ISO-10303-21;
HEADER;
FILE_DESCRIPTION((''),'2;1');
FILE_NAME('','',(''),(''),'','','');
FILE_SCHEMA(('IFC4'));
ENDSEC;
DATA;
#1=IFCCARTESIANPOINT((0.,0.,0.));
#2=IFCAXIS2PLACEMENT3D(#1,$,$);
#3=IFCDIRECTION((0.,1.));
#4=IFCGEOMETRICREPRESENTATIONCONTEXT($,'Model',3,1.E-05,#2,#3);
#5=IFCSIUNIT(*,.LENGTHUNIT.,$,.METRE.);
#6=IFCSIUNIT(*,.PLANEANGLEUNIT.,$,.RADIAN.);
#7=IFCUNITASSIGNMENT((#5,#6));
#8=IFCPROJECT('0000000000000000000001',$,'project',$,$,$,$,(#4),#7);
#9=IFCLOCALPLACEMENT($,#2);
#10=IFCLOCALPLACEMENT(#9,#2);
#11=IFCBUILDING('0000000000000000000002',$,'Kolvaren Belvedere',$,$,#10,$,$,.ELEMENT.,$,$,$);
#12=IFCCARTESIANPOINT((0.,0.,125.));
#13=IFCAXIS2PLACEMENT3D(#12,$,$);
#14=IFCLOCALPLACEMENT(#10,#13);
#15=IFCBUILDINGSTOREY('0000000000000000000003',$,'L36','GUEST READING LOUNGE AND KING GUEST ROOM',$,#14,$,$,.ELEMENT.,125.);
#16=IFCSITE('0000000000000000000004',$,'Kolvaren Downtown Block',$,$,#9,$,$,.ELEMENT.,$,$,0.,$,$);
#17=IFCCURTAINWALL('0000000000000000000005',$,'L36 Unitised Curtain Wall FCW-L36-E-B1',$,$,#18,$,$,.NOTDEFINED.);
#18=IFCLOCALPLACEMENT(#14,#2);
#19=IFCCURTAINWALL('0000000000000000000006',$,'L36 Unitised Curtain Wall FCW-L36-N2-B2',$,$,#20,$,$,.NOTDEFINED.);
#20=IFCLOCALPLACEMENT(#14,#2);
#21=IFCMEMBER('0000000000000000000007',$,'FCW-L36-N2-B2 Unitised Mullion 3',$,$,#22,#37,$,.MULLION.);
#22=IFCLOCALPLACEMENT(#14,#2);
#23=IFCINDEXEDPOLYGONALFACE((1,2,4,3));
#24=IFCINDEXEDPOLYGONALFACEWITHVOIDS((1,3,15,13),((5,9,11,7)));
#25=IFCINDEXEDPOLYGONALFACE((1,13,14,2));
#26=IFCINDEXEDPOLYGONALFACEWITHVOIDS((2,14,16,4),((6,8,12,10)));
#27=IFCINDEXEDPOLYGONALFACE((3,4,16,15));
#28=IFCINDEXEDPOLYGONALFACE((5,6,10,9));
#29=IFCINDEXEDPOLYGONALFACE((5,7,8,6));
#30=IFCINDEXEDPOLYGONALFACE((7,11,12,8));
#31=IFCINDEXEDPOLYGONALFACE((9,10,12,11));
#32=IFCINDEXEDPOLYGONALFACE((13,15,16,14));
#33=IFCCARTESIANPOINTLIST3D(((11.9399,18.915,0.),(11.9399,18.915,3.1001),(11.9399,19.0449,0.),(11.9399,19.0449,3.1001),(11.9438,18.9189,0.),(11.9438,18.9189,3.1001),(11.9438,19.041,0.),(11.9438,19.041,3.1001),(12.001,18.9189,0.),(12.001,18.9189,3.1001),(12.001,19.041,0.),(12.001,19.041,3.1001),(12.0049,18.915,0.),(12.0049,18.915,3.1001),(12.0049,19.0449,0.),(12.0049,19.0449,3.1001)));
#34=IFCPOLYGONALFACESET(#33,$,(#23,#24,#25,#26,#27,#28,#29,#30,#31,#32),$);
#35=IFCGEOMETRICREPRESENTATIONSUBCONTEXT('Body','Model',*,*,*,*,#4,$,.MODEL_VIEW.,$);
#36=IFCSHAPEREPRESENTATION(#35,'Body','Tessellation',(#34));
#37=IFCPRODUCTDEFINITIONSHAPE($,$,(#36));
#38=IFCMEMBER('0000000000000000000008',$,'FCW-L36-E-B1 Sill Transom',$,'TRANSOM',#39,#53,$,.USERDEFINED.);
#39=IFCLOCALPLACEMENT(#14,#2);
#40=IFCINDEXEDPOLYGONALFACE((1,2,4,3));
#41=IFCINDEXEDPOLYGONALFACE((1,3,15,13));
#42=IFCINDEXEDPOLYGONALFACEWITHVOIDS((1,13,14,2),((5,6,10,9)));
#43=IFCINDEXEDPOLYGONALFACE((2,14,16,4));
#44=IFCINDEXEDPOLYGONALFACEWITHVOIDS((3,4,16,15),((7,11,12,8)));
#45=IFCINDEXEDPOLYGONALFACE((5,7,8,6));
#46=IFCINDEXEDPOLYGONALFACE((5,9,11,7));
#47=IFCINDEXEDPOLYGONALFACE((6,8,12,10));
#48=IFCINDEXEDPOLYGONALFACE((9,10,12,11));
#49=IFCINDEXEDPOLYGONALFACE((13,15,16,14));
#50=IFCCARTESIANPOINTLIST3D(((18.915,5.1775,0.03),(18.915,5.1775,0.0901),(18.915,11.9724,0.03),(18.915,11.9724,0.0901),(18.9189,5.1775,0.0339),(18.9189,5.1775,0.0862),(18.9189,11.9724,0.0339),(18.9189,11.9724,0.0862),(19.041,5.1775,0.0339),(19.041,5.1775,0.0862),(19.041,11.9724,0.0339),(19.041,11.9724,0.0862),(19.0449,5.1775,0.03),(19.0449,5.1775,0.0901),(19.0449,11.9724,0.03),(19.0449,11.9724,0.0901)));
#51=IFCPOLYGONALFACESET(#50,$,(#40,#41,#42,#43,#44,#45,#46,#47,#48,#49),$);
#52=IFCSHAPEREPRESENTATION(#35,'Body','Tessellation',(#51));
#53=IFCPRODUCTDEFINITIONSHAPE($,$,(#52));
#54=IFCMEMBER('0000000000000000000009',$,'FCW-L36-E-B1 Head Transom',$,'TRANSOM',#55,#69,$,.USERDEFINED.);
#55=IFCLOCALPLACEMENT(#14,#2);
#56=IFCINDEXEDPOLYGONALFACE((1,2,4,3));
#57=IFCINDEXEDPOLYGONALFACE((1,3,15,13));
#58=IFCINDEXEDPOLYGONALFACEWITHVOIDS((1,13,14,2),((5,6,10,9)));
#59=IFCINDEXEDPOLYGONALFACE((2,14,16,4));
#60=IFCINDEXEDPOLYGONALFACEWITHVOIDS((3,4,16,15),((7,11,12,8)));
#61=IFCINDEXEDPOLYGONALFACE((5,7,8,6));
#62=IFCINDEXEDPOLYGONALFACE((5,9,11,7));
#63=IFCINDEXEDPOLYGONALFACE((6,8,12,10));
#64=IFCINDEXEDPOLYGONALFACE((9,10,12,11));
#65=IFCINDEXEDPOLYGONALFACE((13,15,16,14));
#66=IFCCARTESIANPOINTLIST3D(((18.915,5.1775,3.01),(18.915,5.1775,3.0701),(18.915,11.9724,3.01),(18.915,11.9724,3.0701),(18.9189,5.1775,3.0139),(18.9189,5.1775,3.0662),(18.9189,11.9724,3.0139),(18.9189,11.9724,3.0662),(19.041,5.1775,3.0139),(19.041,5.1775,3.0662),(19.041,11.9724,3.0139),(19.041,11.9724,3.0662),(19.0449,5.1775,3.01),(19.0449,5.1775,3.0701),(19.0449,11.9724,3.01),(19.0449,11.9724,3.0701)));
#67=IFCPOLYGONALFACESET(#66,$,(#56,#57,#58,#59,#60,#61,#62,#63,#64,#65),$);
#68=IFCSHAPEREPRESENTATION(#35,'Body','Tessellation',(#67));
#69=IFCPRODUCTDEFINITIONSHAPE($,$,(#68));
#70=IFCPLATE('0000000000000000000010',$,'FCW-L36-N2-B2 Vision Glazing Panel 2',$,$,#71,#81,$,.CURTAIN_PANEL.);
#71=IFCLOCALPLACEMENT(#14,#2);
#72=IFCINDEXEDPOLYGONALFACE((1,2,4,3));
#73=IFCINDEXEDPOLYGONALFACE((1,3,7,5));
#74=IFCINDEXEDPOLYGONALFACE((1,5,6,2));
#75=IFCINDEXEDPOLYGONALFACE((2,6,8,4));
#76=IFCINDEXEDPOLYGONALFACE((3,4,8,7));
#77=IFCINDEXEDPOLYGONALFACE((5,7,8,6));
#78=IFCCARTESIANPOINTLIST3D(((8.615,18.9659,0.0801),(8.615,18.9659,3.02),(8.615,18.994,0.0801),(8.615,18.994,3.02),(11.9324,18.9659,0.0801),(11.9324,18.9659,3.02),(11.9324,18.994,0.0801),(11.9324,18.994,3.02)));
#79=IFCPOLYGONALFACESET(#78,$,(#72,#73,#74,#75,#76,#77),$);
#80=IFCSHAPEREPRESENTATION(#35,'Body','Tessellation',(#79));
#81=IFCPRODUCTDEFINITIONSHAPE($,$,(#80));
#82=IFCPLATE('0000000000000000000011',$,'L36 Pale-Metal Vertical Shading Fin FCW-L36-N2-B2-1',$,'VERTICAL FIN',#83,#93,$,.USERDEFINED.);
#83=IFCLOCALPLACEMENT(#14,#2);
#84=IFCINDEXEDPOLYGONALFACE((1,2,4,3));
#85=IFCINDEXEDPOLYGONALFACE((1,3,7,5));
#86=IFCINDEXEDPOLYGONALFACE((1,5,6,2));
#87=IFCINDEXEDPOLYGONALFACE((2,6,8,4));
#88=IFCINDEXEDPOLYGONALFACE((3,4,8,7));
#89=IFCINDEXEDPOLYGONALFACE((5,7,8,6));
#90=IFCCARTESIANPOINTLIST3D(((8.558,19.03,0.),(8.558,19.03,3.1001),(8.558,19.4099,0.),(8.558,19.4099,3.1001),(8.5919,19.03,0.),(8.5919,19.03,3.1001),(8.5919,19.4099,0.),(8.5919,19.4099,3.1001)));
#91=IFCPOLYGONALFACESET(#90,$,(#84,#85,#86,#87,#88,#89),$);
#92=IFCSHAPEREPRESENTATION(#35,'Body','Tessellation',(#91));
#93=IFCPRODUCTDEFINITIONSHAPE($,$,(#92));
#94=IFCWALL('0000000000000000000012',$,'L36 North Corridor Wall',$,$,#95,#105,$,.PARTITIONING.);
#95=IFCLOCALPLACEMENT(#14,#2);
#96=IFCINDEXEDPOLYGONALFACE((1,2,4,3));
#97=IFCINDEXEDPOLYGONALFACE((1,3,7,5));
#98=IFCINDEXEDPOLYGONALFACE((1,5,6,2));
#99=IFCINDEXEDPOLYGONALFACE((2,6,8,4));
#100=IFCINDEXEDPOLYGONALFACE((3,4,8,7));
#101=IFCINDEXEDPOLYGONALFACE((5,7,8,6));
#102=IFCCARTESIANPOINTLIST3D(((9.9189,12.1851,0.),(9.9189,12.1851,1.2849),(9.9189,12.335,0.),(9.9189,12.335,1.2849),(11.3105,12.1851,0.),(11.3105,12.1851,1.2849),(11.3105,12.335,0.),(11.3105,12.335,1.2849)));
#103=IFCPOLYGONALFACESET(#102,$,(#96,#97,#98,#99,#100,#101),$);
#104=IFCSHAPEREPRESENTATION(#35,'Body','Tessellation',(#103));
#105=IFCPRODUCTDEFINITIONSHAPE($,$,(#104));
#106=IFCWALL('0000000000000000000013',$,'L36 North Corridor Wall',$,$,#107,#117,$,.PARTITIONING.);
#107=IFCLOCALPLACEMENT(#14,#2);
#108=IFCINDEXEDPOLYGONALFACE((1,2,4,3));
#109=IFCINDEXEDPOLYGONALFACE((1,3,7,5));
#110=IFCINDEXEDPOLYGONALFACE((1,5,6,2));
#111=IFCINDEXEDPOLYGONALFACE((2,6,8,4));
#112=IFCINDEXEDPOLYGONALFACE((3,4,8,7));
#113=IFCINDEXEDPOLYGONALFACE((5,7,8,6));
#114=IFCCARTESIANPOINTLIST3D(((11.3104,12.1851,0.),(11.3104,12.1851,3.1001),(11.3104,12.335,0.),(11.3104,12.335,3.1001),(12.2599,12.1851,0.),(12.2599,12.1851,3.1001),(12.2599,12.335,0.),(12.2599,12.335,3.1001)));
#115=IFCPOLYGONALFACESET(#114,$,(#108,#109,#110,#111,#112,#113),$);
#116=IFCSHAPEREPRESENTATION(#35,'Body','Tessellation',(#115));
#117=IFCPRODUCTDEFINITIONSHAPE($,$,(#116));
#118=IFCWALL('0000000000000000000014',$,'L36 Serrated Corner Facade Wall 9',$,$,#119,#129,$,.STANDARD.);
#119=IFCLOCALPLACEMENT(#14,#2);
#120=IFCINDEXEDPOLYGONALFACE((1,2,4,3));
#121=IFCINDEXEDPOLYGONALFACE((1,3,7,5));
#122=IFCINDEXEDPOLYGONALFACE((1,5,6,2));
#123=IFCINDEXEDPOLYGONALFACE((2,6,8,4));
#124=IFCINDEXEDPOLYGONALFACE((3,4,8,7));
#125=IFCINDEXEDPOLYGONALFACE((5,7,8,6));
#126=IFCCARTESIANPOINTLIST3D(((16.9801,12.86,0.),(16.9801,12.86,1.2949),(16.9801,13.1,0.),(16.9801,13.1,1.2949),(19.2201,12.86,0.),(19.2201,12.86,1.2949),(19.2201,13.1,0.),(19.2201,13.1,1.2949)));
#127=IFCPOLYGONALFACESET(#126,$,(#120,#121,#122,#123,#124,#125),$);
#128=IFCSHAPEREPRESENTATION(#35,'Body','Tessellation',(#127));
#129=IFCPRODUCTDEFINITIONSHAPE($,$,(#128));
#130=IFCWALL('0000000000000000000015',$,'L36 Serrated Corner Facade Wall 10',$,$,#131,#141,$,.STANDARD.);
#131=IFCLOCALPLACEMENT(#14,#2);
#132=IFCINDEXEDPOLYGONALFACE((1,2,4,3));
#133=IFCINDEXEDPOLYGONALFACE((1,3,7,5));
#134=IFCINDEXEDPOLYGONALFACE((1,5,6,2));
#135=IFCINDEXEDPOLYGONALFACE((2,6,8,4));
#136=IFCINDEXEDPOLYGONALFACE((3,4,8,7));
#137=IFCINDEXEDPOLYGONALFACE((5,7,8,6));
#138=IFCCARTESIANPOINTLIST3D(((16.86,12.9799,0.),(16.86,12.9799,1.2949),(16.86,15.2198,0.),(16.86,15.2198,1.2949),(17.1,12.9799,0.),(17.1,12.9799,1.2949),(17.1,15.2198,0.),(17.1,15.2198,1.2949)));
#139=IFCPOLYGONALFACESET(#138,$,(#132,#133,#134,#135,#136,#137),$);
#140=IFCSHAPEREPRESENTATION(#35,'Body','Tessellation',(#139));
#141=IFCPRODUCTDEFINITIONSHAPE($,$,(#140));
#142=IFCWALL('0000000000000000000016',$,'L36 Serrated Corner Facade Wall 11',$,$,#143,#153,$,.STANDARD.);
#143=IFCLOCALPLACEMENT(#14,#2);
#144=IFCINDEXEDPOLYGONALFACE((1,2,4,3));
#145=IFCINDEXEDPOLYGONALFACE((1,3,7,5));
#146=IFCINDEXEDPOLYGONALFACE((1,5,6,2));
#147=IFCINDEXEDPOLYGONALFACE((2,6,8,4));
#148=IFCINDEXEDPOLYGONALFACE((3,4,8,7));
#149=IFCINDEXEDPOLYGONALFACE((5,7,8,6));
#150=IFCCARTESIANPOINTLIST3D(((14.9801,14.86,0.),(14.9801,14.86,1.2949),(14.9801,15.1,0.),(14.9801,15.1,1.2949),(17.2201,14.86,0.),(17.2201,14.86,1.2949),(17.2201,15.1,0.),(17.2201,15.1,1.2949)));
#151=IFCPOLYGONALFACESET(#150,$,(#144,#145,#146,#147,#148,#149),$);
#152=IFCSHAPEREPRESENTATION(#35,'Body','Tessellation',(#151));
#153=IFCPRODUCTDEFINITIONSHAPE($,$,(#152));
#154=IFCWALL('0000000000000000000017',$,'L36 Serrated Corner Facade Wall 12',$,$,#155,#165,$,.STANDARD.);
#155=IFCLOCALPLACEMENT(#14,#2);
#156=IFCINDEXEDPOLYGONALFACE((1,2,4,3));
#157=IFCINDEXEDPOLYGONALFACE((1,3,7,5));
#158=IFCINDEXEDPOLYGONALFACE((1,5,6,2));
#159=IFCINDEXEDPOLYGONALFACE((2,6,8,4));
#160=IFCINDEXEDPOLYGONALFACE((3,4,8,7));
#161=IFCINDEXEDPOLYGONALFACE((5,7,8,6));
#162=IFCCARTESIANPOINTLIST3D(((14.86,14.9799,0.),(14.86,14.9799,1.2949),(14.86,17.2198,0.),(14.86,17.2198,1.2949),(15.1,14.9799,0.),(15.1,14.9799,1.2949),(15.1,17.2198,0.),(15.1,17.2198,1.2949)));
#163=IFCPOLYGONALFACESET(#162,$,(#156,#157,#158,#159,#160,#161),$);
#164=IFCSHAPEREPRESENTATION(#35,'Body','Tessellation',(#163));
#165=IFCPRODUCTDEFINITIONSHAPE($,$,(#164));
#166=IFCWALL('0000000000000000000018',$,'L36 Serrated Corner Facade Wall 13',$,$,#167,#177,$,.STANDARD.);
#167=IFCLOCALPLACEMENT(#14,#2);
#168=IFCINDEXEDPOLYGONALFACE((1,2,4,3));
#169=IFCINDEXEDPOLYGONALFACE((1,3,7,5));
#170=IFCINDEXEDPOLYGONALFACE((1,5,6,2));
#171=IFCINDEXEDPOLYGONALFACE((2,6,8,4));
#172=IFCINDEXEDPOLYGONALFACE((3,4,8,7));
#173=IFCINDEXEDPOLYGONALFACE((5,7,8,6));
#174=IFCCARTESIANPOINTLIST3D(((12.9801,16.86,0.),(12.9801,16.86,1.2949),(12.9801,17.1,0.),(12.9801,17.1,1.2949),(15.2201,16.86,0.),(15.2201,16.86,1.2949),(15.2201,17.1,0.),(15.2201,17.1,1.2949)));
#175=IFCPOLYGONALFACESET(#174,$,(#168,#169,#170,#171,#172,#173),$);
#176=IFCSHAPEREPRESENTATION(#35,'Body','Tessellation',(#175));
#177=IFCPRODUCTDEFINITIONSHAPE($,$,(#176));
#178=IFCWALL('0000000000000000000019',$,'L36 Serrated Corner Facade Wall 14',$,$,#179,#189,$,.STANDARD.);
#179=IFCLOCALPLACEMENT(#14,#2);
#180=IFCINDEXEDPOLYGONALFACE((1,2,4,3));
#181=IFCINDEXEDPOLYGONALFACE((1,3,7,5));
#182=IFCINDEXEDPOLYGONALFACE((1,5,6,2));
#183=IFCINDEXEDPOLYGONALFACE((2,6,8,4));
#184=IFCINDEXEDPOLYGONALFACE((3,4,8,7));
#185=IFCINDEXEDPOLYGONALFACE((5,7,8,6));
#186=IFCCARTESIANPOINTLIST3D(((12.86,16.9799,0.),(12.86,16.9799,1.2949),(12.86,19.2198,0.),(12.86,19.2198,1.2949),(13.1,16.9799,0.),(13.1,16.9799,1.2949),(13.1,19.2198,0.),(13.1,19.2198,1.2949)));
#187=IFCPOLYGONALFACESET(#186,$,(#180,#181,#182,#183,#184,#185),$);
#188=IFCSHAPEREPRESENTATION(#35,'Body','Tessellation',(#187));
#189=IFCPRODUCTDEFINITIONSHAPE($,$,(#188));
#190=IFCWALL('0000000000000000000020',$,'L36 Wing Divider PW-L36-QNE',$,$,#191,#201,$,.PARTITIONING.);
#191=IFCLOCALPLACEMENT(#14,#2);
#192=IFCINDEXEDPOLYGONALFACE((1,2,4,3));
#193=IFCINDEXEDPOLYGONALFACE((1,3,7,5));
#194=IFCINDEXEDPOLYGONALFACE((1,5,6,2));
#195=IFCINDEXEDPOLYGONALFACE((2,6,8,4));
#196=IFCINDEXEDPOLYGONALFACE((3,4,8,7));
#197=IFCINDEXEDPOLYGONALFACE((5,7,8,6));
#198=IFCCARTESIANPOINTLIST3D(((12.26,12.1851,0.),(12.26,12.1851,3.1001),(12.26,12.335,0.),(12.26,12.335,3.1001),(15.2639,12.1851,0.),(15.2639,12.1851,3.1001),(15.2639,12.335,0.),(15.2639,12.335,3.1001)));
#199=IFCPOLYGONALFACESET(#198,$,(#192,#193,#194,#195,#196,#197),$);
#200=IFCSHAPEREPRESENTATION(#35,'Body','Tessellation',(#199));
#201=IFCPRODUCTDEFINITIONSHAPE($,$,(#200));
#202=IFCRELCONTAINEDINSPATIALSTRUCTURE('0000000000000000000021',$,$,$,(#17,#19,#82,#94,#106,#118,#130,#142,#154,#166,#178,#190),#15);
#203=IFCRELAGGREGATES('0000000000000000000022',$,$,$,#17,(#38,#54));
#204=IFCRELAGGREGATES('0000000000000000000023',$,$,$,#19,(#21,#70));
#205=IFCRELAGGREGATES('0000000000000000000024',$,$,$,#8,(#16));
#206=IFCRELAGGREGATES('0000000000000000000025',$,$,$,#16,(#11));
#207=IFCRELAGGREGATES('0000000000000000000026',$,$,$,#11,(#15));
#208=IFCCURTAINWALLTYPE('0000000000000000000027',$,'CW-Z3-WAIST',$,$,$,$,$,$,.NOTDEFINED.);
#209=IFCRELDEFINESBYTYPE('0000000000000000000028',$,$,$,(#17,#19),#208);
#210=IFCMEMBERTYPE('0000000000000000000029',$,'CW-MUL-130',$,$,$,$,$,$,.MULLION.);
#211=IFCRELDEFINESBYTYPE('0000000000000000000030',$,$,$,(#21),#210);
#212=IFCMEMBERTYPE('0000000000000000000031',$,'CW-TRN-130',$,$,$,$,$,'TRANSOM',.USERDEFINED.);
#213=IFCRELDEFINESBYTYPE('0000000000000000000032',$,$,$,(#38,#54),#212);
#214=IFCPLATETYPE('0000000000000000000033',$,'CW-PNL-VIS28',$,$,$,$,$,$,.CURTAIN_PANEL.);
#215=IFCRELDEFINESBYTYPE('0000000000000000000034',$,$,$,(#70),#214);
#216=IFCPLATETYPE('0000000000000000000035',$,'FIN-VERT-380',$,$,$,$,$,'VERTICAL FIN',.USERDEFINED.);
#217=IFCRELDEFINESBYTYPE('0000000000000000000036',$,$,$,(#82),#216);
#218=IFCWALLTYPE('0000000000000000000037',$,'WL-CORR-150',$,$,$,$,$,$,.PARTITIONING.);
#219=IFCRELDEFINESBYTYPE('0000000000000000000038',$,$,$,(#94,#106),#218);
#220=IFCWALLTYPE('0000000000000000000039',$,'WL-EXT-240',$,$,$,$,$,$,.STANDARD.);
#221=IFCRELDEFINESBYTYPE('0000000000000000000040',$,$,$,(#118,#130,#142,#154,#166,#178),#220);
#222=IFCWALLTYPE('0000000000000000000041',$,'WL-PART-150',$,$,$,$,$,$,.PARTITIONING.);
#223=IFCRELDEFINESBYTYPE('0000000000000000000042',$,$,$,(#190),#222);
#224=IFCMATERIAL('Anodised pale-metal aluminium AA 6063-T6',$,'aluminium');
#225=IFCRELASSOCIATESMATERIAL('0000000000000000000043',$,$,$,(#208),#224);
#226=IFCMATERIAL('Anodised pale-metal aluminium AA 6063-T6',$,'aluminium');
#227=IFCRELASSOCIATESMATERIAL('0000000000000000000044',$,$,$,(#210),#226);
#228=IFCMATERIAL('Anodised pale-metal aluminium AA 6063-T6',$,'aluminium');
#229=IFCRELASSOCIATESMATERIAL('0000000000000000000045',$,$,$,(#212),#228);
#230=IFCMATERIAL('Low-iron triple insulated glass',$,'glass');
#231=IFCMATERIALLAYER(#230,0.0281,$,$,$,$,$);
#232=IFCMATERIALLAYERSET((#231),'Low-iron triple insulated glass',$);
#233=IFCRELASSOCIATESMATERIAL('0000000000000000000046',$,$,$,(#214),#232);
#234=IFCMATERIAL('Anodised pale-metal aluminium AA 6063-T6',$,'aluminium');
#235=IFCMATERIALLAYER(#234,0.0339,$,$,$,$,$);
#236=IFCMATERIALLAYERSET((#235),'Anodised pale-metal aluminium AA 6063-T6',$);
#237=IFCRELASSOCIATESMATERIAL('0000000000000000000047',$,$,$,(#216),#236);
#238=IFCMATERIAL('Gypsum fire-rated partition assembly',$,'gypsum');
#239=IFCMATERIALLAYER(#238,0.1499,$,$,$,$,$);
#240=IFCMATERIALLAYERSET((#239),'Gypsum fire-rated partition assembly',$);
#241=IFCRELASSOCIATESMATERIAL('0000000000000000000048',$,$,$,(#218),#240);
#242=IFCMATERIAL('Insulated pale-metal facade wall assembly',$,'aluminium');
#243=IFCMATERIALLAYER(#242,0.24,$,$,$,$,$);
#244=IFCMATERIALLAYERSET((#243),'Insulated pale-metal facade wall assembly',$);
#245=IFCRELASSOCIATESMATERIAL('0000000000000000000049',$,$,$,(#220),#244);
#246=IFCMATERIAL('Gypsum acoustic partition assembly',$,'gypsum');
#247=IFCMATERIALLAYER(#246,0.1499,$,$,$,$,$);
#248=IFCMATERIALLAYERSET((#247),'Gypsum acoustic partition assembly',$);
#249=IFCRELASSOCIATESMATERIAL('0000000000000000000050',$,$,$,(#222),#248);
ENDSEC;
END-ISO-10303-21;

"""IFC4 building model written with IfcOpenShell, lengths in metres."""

from ifc_helpers import new_model, si_unit, direction, frame, frame_2d, origin, origin_2d, place, context, subcontext, project, spatial, rectangle, hollow_rectangle, extrude, material, layer, layer_set, material_profile, profile_set, type_object, element, aggregate, save


model = new_model("IFC4")

# Units and contexts
model_context = context("Model", 3, precision=1e-05, world=origin(), true_north=direction((0.0, 1.0)))
body_context = subcontext(model_context, "Body", "Model", "MODEL_VIEW")
ifc_project = project(units=[si_unit("LENGTHUNIT", "METRE"), si_unit("PLANEANGLEUNIT", "RADIAN")], contexts=[model_context])

# Site, building, storey
site_placement = place(None, origin())
site = spatial("IfcSite", under=ifc_project, at=site_placement, Name="Kolvaren Downtown Block", CompositionType="ELEMENT", RefElevation=0.0)
building_placement = place(site_placement, origin())
building = spatial("IfcBuilding", under=site, at=building_placement, Name="Kolvaren Belvedere", CompositionType="ELEMENT")
storey_placement = place(building_placement, frame((0.0, 0.0, 125.0)))
storey = spatial("IfcBuildingStorey", under=building, at=storey_placement, Name="L36", Description="GUEST READING LOUNGE AND KING GUEST ROOM", CompositionType="ELEMENT", Elevation=125.0)

# Curtain wall
ifc_material_1 = material(Name="Anodised pale-metal aluminium AA 6063-T6", Category="aluminium")
curtain_wall_type = type_object("IfcCurtainWallType", Name="CW-Z3-WAIST", PredefinedType="NOTDEFINED", material=ifc_material_1)
curtain_wall_1_placement = place(storey_placement, origin())
curtain_wall_1 = element("IfcCurtainWall", 1, at=curtain_wall_1_placement, inside=storey, type_object=curtain_wall_type, Name="L36 Unitised Curtain Wall FCW-L36-E-B1", PredefinedType="NOTDEFINED")
ifc_material_2 = material(Name="Anodised pale-metal aluminium AA 6063-T6", Category="aluminium")
ifc_material_profile_1 = material_profile(ifc_material_2, hollow_rectangle(XDim=0.0649, YDim=0.1299, WallThickness=0.0039, at=origin_2d()), Name="ALU-MUL-130X65")
ifc_profile_set_1 = profile_set([ifc_material_profile_1], Name="Anodised pale-metal aluminium AA 6063-T6")
member_type_1 = type_object("IfcMemberType", Name="CW-MUL-130", PredefinedType="MULLION", material=ifc_profile_set_1)

# Curtain wall, member
curtain_wall_2_placement = place(storey_placement, origin())
curtain_wall_2 = element("IfcCurtainWall", 2, at=curtain_wall_2_placement, inside=storey, type_object=curtain_wall_type, Name="L36 Unitised Curtain Wall FCW-L36-N2-B2", PredefinedType="NOTDEFINED")
member_1_placement = place(storey_placement, frame((11.9724, 18.98, 0.0), z_axis=(0.0, 0.0, 1.0), x_axis=(1.0, 0.0, 0.0)))
member_1 = element("IfcMember", 3, at=member_1_placement, type_object=member_type_1, Name="FCW-L36-N2-B2 Unitised Mullion 3", PredefinedType="MULLION", context=body_context, shape_type="SweptSolid", body=[
    extrude(hollow_rectangle(XDim=0.0649, YDim=0.1299, WallThickness=0.0039, at=origin_2d()), origin(), (0.0, 0.0, 1.0), 3.1001),
])

# Members
ifc_material_3 = material(Name="Anodised pale-metal aluminium AA 6063-T6", Category="aluminium")
ifc_material_profile_2 = material_profile(ifc_material_3, hollow_rectangle(XDim=0.0601, YDim=0.1299, WallThickness=0.0039, at=origin_2d()), Name="ALU-TRN-130X60")
ifc_profile_set_2 = profile_set([ifc_material_profile_2], Name="Anodised pale-metal aluminium AA 6063-T6")
member_type_2 = type_object("IfcMemberType", Name="CW-TRN-130", ElementType="TRANSOM", PredefinedType="USERDEFINED", material=ifc_profile_set_2)
member_2_placement = place(storey_placement, frame((18.98, 11.9724, 0.0601), z_axis=(0.0, -1.0, 0.0), x_axis=(0.0, 0.0, 1.0)))
member_2 = element("IfcMember", 4, at=member_2_placement, type_object=member_type_2, Name="FCW-L36-E-B1 Sill Transom", ObjectType="TRANSOM", PredefinedType="USERDEFINED", context=body_context, shape_type="SweptSolid", body=[
    extrude(hollow_rectangle(XDim=0.0601, YDim=0.1299, WallThickness=0.0039, at=origin_2d()), origin(), (0.0, 0.0, 1.0), 6.7949),
])
member_3_placement = place(storey_placement, frame((18.98, 11.9724, 3.04), z_axis=(0.0, -1.0, 0.0), x_axis=(0.0, 0.0, 1.0)))
member_3 = element("IfcMember", 5, at=member_3_placement, type_object=member_type_2, Name="FCW-L36-E-B1 Head Transom", ObjectType="TRANSOM", PredefinedType="USERDEFINED", context=body_context, shape_type="SweptSolid", body=[
    extrude(hollow_rectangle(XDim=0.0601, YDim=0.1299, WallThickness=0.0039, at=origin_2d()), origin(), (0.0, 0.0, 1.0), 6.7949),
])
aggregate(curtain_wall_1, [member_2, member_3])

# Plates
ifc_material_4 = material(Name="Low-iron triple insulated glass", Category="glass")
ifc_layer_1 = layer(ifc_material_4, 0.0281)
ifc_layer_set_1 = layer_set([ifc_layer_1], Name="Low-iron triple insulated glass")
plate_type_1 = type_object("IfcPlateType", Name="CW-PNL-VIS28", PredefinedType="CURTAIN_PANEL", material=ifc_layer_set_1)
plate_1_placement = place(storey_placement, frame((10.2737, 18.98, 0.0801), z_axis=(0.0, 0.0, 1.0), x_axis=(1.0, 0.0, 0.0)))
plate_1 = element("IfcPlate", 6, at=plate_1_placement, type_object=plate_type_1, Name="FCW-L36-N2-B2 Vision Glazing Panel 2", PredefinedType="CURTAIN_PANEL", context=body_context, shape_type="SweptSolid", body=[
    extrude(rectangle(XDim=3.3174, YDim=0.0281, at=origin_2d()), origin(), (0.0, 0.0, 1.0), 2.9399),
])
aggregate(curtain_wall_2, [member_1, plate_1])
ifc_material_5 = material(Name="Anodised pale-metal aluminium AA 6063-T6", Category="aluminium")
ifc_layer_2 = layer(ifc_material_5, 0.0339)
ifc_layer_set_2 = layer_set([ifc_layer_2], Name="Anodised pale-metal aluminium AA 6063-T6")
plate_type_2 = type_object("IfcPlateType", Name="FIN-VERT-380", ElementType="VERTICAL FIN", PredefinedType="USERDEFINED", material=ifc_layer_set_2)
plate_2_placement = place(storey_placement, frame((8.575, 19.22, 0.0), z_axis=(0.0, 0.0, 1.0), x_axis=(0.0, 1.0, 0.0)))
element("IfcPlate", 7, at=plate_2_placement, inside=storey, type_object=plate_type_2, Name="L36 Pale-Metal Vertical Shading Fin FCW-L36-N2-B2-1", ObjectType="VERTICAL FIN", PredefinedType="USERDEFINED", context=body_context, shape_type="SweptSolid", body=[
    extrude(rectangle(XDim=0.3799, YDim=0.0339, at=origin_2d()), origin(), (0.0, 0.0, 1.0), 3.1001),
])

# Walls
ifc_material_6 = material(Name="Gypsum fire-rated partition assembly", Category="gypsum")
ifc_layer_3 = layer(ifc_material_6, 0.1499)
ifc_layer_set_3 = layer_set([ifc_layer_3], Name="Gypsum fire-rated partition assembly")
wall_type_1 = type_object("IfcWallType", Name="WL-CORR-150", PredefinedType="PARTITIONING", material=ifc_layer_set_3)
wall_1_placement = place(storey_placement, frame((9.9189, 12.26, 0.0), z_axis=(0.0, 0.0, 1.0), x_axis=(1.0, 0.0, 0.0)))
element("IfcWall", 8, at=wall_1_placement, inside=storey, type_object=wall_type_1, Name="L36 North Corridor Wall", PredefinedType="PARTITIONING", context=body_context, shape_type="SweptSolid", body=[
    extrude(rectangle(XDim=1.3916, YDim=0.1499, at=frame_2d((0.6958, 0.0))), origin(), (0.0, 0.0, 1.0), 1.2849),
])
wall_2_placement = place(storey_placement, frame((11.3105, 12.26, 0.0), z_axis=(0.0, 0.0, 1.0), x_axis=(1.0, 0.0, 0.0)))
element("IfcWall", 9, at=wall_2_placement, inside=storey, type_object=wall_type_1, Name="L36 North Corridor Wall", PredefinedType="PARTITIONING", context=body_context, shape_type="SweptSolid", body=[
    extrude(rectangle(XDim=0.9495, YDim=0.1499, at=frame_2d((0.4746, 0.0))), origin(), (0.0, 0.0, 1.0), 3.1001),
])
ifc_material_7 = material(Name="Insulated pale-metal facade wall assembly", Category="aluminium")
ifc_layer_4 = layer(ifc_material_7, 0.24)
ifc_layer_set_4 = layer_set([ifc_layer_4], Name="Insulated pale-metal facade wall assembly")
wall_type_2 = type_object("IfcWallType", Name="WL-EXT-240", PredefinedType="STANDARD", material=ifc_layer_set_4)
for number, where, z_axis, x_axis, name in (
    (10, (16.98, 12.98, 0.0), (0.0, 0.0, 1.0), (1.0, 0.0, 0.0), "L36 Serrated Corner Facade Wall 9"),
    (11, (16.98, 15.22, 0.0), (0.0, 0.0, 1.0), (0.0, -1.0, 0.0), "L36 Serrated Corner Facade Wall 10"),
    (12, (14.98, 14.98, 0.0), (0.0, 0.0, 1.0), (1.0, 0.0, 0.0), "L36 Serrated Corner Facade Wall 11"),
    (13, (14.98, 17.22, 0.0), (0.0, 0.0, 1.0), (0.0, -1.0, 0.0), "L36 Serrated Corner Facade Wall 12"),
    (14, (12.98, 16.98, 0.0), (0.0, 0.0, 1.0), (1.0, 0.0, 0.0), "L36 Serrated Corner Facade Wall 13"),
    (15, (12.98, 19.22, 0.0), (0.0, 0.0, 1.0), (0.0, -1.0, 0.0), "L36 Serrated Corner Facade Wall 14"),
):
    element("IfcWall", number, at=place(storey_placement, frame(where, z_axis=z_axis, x_axis=x_axis)), inside=storey, type_object=wall_type_2, Name=name, PredefinedType="STANDARD", context=body_context, shape_type="SweptSolid", body=[
        extrude(rectangle(XDim=2.24, YDim=0.24, at=frame_2d((1.1201, 0.0))), origin(), (0.0, 0.0, 1.0), 1.2949),
    ])
ifc_material_8 = material(Name="Gypsum acoustic partition assembly", Category="gypsum")
ifc_layer_5 = layer(ifc_material_8, 0.1499)
ifc_layer_set_5 = layer_set([ifc_layer_5], Name="Gypsum acoustic partition assembly")
wall_type_3 = type_object("IfcWallType", Name="WL-PART-150", PredefinedType="PARTITIONING", material=ifc_layer_set_5)
wall_3_placement = place(storey_placement, frame((12.26, 12.26, 0.0), z_axis=(0.0, 0.0, 1.0), x_axis=(1.0, 0.0, 0.0)))
element("IfcWall", 16, at=wall_3_placement, inside=storey, type_object=wall_type_3, Name="L36 Wing Divider PW-L36-QNE", PredefinedType="PARTITIONING", context=body_context, shape_type="SweptSolid", body=[
    extrude(rectangle(XDim=3.0039, YDim=0.1499, at=frame_2d((1.502, 0.0))), origin(), (0.0, 0.0, 1.0), 3.1001),
])

save(model, "model.ifc")
